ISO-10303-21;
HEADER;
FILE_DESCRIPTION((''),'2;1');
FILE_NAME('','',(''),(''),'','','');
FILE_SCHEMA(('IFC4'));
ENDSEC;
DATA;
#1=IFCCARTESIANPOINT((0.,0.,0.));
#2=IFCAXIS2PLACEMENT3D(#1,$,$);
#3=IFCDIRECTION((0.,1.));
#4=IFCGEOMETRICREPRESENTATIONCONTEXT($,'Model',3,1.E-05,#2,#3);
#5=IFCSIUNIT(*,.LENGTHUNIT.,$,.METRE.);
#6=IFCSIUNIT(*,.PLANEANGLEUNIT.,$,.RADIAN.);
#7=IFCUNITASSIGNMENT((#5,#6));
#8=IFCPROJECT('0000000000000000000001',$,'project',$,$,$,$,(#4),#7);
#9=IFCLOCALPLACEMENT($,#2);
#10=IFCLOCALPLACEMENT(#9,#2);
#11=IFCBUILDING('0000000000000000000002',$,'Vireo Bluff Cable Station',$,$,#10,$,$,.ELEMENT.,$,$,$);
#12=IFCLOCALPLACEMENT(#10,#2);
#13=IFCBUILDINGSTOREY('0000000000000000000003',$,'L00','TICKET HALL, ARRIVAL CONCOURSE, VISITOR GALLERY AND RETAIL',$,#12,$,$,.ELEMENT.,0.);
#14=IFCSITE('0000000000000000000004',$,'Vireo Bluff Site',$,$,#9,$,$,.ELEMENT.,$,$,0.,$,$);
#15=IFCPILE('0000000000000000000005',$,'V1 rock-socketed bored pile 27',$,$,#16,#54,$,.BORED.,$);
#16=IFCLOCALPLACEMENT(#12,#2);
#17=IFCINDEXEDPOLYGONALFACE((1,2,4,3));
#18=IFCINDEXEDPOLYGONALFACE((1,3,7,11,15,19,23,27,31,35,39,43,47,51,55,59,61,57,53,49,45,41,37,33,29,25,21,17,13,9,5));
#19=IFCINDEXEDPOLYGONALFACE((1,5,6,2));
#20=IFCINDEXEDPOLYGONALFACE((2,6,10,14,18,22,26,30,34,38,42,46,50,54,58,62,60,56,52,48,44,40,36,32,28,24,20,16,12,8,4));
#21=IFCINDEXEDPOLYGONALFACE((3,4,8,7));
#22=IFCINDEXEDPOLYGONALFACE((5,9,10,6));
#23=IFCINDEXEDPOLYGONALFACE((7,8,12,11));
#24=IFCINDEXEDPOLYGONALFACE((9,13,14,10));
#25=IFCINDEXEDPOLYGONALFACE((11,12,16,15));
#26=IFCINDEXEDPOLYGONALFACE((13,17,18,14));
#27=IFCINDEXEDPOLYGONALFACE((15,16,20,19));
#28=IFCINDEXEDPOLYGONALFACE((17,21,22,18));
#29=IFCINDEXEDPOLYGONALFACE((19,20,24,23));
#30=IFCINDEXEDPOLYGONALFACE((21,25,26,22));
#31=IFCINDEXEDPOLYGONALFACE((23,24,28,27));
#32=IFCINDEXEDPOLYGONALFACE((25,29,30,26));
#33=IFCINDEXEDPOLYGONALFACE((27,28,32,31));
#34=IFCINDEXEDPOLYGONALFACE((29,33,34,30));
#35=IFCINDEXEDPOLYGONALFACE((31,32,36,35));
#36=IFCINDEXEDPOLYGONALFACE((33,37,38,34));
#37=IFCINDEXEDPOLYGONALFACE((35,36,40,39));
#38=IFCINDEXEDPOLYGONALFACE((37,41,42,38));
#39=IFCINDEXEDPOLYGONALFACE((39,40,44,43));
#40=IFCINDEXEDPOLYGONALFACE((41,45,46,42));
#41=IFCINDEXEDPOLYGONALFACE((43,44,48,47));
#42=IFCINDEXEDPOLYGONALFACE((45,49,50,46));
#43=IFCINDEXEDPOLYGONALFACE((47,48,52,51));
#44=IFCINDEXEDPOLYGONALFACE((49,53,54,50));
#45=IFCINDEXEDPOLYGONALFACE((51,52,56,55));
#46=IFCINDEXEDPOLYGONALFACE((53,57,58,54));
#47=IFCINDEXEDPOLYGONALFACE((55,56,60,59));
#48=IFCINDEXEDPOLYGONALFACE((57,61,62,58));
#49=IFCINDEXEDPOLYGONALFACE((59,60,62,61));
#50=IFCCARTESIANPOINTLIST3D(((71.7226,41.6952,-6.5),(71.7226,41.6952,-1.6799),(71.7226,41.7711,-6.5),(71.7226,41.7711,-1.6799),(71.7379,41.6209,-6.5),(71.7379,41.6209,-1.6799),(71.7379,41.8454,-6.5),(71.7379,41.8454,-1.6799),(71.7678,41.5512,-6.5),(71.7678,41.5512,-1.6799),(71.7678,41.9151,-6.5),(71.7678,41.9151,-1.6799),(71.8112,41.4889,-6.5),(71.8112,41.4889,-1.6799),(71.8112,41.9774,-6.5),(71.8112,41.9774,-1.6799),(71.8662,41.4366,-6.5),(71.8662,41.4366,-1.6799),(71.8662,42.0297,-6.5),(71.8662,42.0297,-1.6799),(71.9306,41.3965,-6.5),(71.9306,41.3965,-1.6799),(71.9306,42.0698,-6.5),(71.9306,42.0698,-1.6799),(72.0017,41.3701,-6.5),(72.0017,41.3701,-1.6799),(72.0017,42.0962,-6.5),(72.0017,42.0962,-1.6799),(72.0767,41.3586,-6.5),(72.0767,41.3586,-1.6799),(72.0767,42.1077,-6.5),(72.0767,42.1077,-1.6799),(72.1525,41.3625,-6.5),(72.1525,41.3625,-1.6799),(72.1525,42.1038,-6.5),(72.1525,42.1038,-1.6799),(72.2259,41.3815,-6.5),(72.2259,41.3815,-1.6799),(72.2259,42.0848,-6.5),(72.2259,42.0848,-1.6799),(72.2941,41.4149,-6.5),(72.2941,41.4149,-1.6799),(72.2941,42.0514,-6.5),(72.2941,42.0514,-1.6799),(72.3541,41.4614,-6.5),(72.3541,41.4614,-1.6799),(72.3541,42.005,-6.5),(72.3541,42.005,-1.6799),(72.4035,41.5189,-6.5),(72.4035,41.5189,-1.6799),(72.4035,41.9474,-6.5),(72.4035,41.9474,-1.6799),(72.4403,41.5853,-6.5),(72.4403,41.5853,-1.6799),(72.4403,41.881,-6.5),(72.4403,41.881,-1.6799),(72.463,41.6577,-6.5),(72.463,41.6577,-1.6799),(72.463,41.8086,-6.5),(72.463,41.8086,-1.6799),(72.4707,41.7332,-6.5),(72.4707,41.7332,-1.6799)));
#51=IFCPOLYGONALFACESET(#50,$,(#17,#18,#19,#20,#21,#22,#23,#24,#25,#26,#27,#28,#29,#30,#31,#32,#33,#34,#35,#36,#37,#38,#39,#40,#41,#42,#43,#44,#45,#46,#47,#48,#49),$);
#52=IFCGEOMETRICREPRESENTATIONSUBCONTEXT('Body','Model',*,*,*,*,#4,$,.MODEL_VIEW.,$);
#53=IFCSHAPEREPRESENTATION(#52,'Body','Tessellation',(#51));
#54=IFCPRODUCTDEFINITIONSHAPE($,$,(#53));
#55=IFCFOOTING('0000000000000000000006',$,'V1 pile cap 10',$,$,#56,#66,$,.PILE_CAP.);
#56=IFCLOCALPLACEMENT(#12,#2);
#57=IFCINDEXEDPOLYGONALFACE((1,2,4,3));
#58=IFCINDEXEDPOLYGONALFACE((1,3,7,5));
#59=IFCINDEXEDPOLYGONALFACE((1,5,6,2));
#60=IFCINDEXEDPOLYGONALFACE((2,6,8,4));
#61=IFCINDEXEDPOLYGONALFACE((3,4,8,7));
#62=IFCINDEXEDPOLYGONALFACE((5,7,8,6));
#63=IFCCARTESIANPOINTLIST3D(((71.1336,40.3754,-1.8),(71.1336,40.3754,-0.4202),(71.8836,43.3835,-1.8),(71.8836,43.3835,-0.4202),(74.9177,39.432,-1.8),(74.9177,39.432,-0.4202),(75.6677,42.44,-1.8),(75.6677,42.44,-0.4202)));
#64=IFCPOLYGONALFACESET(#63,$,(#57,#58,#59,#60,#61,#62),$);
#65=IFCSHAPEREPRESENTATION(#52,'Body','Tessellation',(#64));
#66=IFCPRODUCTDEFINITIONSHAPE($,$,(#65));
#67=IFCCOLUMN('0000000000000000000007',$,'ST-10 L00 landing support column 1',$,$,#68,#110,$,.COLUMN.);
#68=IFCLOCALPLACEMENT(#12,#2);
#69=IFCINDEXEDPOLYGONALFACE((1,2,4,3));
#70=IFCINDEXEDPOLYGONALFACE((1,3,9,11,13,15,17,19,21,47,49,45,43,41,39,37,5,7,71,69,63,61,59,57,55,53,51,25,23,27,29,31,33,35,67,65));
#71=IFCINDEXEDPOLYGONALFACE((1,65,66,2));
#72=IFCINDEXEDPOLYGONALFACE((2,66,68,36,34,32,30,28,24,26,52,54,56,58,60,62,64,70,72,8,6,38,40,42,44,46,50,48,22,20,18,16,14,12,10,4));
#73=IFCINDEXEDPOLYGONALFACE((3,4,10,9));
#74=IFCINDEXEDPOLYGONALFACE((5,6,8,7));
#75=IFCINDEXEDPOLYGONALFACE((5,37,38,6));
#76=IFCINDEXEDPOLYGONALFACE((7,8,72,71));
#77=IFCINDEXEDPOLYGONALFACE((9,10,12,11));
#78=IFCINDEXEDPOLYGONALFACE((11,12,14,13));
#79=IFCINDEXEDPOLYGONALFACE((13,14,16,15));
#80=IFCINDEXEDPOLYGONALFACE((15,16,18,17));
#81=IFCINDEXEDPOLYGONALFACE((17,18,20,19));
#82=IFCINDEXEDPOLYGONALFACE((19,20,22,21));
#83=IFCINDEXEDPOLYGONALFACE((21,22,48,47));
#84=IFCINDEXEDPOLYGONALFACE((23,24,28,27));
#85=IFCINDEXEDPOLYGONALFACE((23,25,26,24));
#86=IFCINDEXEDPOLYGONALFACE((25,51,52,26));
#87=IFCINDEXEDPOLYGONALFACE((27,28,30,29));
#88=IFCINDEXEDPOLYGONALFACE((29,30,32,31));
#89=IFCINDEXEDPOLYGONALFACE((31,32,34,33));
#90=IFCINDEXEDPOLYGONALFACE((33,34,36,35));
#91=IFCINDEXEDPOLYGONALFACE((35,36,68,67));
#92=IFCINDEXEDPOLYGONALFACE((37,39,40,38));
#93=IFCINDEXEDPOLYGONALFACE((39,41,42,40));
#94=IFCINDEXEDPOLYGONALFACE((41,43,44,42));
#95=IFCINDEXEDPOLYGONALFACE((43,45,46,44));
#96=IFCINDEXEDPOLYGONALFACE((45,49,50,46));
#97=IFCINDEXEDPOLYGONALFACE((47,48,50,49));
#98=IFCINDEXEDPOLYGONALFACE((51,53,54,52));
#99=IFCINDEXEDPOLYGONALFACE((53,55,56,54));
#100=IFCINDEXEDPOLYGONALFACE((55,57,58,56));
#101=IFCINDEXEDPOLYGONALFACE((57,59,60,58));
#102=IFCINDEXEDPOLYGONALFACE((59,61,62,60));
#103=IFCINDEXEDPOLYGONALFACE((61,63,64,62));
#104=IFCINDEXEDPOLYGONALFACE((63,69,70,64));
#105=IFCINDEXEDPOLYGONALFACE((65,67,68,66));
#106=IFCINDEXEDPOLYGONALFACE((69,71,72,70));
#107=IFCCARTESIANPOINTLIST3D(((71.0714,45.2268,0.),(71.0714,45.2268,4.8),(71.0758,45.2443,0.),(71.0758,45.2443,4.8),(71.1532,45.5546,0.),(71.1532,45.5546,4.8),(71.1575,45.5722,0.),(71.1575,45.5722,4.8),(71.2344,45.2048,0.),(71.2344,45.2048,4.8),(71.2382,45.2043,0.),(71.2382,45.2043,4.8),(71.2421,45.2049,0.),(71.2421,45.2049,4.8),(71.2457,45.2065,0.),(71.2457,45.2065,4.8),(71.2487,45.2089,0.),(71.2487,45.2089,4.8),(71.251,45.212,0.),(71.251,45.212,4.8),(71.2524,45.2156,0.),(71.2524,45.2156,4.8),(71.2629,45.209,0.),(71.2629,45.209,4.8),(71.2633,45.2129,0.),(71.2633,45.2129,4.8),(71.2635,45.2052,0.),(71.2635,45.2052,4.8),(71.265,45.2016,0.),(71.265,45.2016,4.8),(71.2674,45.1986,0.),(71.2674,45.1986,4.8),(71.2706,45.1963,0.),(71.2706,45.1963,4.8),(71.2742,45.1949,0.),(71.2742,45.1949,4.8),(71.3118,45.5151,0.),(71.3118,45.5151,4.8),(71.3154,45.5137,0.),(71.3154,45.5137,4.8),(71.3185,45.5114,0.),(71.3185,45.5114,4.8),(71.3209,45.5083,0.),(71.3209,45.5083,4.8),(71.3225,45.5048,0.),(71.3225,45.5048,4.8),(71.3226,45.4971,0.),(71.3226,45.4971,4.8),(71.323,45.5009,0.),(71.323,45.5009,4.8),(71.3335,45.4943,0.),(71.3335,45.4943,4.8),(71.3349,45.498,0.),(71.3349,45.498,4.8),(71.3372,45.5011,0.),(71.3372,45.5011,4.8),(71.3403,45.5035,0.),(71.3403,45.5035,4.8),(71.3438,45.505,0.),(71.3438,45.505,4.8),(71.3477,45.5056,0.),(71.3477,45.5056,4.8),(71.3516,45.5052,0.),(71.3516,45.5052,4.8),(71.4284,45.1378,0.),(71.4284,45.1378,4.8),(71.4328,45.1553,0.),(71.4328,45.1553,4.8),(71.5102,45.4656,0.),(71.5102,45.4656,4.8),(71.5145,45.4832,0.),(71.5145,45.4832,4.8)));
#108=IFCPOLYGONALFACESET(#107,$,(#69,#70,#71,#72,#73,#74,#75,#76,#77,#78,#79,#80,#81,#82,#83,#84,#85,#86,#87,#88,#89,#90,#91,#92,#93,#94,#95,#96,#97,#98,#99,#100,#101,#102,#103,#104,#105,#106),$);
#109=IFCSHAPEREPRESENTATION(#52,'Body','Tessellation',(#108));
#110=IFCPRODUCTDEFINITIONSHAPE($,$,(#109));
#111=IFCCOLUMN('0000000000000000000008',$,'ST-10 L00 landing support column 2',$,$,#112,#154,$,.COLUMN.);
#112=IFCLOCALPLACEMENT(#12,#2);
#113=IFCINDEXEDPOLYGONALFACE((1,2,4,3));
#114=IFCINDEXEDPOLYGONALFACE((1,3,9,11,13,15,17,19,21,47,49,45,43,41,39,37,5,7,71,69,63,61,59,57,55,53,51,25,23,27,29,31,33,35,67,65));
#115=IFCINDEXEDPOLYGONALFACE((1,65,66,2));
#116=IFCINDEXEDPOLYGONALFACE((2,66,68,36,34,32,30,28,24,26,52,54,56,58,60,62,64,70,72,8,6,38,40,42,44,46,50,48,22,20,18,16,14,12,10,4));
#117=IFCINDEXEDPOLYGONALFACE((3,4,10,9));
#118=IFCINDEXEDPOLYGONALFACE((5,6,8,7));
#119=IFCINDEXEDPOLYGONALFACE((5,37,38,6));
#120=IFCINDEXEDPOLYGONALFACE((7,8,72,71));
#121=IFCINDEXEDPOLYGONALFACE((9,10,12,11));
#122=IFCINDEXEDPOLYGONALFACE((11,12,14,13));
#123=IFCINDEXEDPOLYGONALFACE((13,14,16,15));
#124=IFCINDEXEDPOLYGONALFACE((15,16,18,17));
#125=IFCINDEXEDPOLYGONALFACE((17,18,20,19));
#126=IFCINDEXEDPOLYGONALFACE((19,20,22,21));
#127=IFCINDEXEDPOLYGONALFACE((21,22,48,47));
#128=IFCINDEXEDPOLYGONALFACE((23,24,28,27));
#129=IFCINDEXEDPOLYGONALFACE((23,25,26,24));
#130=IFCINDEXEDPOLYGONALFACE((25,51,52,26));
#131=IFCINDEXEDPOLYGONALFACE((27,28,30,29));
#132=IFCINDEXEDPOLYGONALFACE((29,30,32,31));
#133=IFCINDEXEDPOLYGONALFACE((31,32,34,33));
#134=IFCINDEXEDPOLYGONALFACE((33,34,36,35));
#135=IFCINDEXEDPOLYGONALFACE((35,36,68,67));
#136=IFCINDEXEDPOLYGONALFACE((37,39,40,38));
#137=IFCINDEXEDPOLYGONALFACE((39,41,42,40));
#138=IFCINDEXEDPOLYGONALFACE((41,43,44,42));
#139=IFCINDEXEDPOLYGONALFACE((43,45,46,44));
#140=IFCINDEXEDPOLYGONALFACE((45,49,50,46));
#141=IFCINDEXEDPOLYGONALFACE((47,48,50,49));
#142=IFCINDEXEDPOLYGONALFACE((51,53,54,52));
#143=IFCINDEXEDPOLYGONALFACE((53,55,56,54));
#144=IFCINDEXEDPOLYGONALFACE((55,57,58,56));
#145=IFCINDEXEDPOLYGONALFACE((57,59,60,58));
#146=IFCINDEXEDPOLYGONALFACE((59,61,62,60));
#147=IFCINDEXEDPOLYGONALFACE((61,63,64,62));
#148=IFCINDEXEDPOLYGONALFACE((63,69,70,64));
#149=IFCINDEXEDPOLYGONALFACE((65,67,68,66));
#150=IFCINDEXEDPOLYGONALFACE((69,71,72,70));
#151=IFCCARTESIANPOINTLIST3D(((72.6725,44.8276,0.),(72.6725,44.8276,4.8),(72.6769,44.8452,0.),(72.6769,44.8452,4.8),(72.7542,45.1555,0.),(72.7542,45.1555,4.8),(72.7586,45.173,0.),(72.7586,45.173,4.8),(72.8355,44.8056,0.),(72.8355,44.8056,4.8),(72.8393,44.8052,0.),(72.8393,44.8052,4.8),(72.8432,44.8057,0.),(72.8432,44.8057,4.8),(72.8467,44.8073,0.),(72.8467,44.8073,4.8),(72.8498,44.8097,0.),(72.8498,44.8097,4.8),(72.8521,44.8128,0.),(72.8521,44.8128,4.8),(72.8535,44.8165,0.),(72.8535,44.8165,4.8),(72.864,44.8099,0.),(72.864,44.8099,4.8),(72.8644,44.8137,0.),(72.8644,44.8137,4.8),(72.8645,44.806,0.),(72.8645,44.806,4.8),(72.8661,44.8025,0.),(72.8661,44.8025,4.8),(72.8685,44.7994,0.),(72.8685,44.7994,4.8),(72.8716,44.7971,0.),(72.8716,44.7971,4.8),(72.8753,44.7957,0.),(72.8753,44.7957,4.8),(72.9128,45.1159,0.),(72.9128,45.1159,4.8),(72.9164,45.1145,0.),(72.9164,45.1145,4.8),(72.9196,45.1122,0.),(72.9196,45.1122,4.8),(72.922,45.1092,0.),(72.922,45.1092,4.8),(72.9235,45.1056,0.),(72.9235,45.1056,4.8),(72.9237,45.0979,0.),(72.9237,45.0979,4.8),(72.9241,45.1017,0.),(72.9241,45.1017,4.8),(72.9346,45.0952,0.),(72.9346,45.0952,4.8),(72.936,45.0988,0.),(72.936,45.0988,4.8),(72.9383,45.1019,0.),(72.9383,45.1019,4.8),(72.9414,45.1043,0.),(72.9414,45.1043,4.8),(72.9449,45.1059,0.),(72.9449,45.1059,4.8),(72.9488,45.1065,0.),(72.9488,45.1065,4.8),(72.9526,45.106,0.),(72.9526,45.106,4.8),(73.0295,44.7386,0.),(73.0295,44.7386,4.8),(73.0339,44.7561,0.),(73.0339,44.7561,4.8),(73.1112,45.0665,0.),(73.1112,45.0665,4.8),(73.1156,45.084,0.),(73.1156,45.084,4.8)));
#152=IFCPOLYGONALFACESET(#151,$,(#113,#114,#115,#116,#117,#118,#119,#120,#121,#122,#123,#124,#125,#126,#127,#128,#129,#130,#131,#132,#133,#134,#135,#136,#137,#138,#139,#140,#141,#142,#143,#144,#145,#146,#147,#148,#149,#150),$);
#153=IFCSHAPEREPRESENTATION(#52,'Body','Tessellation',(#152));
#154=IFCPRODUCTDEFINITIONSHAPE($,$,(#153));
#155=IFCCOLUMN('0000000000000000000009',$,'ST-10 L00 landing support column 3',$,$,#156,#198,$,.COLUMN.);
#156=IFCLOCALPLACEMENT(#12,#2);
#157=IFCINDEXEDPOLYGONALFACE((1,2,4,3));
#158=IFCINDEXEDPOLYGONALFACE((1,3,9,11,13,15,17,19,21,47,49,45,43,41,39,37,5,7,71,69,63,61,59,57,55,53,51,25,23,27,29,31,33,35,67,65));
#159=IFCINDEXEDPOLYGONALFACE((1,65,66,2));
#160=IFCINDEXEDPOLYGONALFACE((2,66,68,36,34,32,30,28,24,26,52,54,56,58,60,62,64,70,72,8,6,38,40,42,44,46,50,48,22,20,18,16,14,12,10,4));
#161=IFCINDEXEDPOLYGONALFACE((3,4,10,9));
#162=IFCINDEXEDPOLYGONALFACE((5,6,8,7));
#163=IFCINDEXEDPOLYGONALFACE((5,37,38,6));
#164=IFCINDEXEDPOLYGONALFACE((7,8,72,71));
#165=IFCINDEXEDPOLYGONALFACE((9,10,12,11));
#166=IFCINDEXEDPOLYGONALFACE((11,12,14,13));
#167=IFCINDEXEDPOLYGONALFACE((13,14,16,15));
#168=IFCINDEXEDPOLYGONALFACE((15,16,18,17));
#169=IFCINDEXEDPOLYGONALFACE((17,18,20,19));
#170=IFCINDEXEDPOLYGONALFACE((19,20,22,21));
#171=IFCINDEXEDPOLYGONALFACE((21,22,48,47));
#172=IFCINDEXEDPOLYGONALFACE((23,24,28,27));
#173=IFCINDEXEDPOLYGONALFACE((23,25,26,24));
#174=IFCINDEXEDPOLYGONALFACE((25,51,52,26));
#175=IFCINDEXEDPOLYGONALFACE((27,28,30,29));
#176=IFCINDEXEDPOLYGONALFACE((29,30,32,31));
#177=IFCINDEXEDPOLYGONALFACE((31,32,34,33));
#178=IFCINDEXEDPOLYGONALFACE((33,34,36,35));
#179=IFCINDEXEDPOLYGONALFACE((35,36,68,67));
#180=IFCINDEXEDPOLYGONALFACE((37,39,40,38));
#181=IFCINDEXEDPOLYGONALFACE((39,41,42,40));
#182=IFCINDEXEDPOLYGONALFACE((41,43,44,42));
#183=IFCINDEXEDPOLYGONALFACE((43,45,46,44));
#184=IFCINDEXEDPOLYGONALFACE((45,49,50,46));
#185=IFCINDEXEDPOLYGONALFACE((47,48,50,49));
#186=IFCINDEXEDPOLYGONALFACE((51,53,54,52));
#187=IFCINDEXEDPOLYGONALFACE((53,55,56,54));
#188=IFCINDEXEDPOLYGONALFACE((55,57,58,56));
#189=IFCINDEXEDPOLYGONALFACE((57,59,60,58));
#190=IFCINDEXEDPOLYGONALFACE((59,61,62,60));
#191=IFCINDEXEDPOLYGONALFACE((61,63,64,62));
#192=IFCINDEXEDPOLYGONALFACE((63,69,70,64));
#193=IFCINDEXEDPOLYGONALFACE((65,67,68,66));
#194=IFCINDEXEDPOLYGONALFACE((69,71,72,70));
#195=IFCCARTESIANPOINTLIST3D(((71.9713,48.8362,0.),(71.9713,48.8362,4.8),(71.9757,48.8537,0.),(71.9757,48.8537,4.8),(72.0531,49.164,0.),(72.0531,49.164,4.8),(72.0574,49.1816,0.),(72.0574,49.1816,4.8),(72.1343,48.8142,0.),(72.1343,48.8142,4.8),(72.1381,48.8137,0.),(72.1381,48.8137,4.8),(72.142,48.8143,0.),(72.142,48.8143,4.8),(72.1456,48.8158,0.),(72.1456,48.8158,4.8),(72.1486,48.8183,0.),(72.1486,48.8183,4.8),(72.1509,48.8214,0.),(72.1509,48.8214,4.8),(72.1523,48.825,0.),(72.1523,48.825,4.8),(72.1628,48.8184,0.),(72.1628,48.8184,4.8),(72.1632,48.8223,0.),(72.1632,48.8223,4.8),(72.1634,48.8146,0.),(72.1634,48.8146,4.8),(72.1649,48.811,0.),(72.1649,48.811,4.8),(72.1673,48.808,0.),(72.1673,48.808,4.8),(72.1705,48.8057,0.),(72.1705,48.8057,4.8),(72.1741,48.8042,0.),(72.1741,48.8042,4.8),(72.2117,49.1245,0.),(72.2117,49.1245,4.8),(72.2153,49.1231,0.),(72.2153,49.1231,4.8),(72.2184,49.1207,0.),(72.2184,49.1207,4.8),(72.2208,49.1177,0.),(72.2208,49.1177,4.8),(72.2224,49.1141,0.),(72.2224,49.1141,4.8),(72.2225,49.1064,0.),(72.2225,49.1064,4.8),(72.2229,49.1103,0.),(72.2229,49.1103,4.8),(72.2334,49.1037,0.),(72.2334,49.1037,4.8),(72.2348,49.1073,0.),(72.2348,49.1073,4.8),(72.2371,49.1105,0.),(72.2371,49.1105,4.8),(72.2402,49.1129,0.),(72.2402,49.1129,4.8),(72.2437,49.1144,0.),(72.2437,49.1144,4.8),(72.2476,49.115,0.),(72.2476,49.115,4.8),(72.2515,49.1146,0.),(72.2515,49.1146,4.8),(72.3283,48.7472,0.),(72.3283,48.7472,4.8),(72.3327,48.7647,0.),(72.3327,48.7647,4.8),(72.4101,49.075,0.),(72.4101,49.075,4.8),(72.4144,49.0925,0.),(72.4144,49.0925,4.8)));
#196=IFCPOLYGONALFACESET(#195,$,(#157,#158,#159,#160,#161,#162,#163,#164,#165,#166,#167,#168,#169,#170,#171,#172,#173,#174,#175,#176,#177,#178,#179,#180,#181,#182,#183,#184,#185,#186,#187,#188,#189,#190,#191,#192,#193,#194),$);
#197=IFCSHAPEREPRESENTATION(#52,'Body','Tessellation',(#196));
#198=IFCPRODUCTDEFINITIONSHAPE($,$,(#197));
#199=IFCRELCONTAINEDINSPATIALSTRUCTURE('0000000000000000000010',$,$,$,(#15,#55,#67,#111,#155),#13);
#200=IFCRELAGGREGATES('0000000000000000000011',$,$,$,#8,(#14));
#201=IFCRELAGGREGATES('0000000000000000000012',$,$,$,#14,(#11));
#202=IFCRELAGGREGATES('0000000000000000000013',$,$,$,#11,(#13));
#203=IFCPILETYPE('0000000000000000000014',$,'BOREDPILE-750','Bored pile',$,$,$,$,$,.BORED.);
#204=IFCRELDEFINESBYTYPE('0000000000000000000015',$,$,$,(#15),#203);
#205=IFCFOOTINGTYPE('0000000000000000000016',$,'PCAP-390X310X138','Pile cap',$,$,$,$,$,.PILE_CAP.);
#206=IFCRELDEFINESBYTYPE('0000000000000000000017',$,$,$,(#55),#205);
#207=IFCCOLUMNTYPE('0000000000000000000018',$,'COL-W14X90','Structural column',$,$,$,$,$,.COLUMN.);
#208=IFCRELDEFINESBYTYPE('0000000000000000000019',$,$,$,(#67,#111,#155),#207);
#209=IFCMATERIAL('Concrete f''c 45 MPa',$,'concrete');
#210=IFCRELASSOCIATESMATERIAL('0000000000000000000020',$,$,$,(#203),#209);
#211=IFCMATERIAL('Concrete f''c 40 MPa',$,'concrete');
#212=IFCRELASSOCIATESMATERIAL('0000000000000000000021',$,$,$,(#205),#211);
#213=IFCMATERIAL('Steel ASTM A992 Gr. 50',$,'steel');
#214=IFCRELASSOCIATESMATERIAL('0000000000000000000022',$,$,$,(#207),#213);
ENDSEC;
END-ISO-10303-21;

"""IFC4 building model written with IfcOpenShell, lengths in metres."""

from ifc_helpers import new_model, si_unit, direction, frame, origin, origin_2d, place, context, subcontext, project, spatial, rectangle, circle, i_section, extrude, material, material_profile, profile_set, type_object, element, save


model = new_model("IFC4")

# Units and contexts
model_context = context("Model", 3, precision=1e-05, world=origin(), true_north=direction((0.0, 1.0)))
body_context = subcontext(model_context, "Body", "Model", "MODEL_VIEW")
ifc_project = project(units=[si_unit("LENGTHUNIT", "METRE"), si_unit("PLANEANGLEUNIT", "RADIAN")], contexts=[model_context])

# Site, building, storey
site_placement = place(None, origin())
site = spatial("IfcSite", under=ifc_project, at=site_placement, Name="Vireo Bluff Site", CompositionType="ELEMENT", RefElevation=0.0)
building_placement = place(site_placement, origin())
building = spatial("IfcBuilding", under=site, at=building_placement, Name="Vireo Bluff Cable Station", CompositionType="ELEMENT")
storey_placement = place(building_placement, origin())
storey = spatial("IfcBuildingStorey", under=building, at=storey_placement, Name="L00", Description="TICKET HALL, ARRIVAL CONCOURSE, VISITOR GALLERY AND RETAIL", CompositionType="ELEMENT", Elevation=0.0)

# Pile
ifc_material_1 = material(Name="Concrete f'c 45 MPa", Category="concrete")
ifc_material_profile_1 = material_profile(ifc_material_1, circle(Radius=0.375, at=origin_2d()), Name="BOREDPILE-750")
ifc_profile_set_1 = profile_set([ifc_material_profile_1], Name="Concrete f'c 45 MPa")
pile_type = type_object("IfcPileType", Name="BOREDPILE-750", Description="Bored pile", PredefinedType="BORED", material=ifc_profile_set_1)
pile_placement = place(storey_placement, frame((72.0957, 41.7332, -1.6799), z_axis=(0.0, 0.0, -1.0), x_axis=(1.0, 0.0, 0.0)))
element("IfcPile", 1, at=pile_placement, inside=storey, type_object=pile_type, Name="V1 rock-socketed bored pile 27", PredefinedType="BORED", context=body_context, shape_type="SweptSolid", body=[
    extrude(circle(Radius=0.375, at=origin_2d()), origin(), (0.0, 0.0, 1.0), 4.8201),
])

# Footing
ifc_material_2 = material(Name="Concrete f'c 40 MPa", Category="concrete")
footing_type = type_object("IfcFootingType", Name="PCAP-390X310X138", Description="Pile cap", PredefinedType="PILE_CAP", material=ifc_material_2)
footing_placement = place(storey_placement, frame((73.4006, 41.4077, -1.8), z_axis=(0.0, 0.0, 1.0), x_axis=(0.970296, -0.241922, 0.0)))
element("IfcFooting", 2, at=footing_placement, inside=storey, type_object=footing_type, Name="V1 pile cap 10", PredefinedType="PILE_CAP", context=body_context, shape_type="SweptSolid", body=[
    extrude(rectangle(XDim=3.8999, YDim=3.1001, at=origin_2d()), origin(), (0.0, 0.0, 1.0), 1.3799),
])

# Columns
ifc_material_3 = material(Name="Steel ASTM A992 Gr. 50", Category="steel")
ifc_material_profile_2 = material_profile(ifc_material_3, i_section(OverallWidth=0.3679, OverallDepth=0.356, WebThickness=0.0112, FlangeThickness=0.0181, FilletRadius=0.0149, at=origin_2d()), Name="W14X90")
ifc_profile_set_2 = profile_set([ifc_material_profile_2], Name="Steel ASTM A992 Gr. 50")
column_type_1 = type_object("IfcColumnType", Name="COL-W14X90", Description="Structural column", PredefinedType="COLUMN", material=ifc_profile_set_2)
for number, where, z_axis, x_axis, name in (
    (3, (71.293, 45.355, 0.0), (0.0, 0.0, 1.0), (0.970296, -0.241922, 0.0), "ST-10 L00 landing support column 1"),
    (4, (72.894, 44.9558, 0.0), (0.0, 0.0, 1.0), (0.970296, -0.241922, 0.0), "ST-10 L00 landing support column 2"),
    (5, (72.1929, 48.9644, 0.0), (0.0, 0.0, 1.0), (0.970296, -0.241922, 0.0), "ST-10 L00 landing support column 3"),
):
    element("IfcColumn", number, at=place(storey_placement, frame(where, z_axis=z_axis, x_axis=x_axis)), inside=storey, type_object=column_type_1, Name=name, PredefinedType="COLUMN", context=body_context, shape_type="SweptSolid", body=[
        extrude(i_section(OverallWidth=0.3679, OverallDepth=0.356, WebThickness=0.0112, FlangeThickness=0.0181, FilletRadius=0.0149, at=origin_2d()), origin(), (0.0, 0.0, 1.0), 4.8),
    ])

save(model, "model.ifc")
